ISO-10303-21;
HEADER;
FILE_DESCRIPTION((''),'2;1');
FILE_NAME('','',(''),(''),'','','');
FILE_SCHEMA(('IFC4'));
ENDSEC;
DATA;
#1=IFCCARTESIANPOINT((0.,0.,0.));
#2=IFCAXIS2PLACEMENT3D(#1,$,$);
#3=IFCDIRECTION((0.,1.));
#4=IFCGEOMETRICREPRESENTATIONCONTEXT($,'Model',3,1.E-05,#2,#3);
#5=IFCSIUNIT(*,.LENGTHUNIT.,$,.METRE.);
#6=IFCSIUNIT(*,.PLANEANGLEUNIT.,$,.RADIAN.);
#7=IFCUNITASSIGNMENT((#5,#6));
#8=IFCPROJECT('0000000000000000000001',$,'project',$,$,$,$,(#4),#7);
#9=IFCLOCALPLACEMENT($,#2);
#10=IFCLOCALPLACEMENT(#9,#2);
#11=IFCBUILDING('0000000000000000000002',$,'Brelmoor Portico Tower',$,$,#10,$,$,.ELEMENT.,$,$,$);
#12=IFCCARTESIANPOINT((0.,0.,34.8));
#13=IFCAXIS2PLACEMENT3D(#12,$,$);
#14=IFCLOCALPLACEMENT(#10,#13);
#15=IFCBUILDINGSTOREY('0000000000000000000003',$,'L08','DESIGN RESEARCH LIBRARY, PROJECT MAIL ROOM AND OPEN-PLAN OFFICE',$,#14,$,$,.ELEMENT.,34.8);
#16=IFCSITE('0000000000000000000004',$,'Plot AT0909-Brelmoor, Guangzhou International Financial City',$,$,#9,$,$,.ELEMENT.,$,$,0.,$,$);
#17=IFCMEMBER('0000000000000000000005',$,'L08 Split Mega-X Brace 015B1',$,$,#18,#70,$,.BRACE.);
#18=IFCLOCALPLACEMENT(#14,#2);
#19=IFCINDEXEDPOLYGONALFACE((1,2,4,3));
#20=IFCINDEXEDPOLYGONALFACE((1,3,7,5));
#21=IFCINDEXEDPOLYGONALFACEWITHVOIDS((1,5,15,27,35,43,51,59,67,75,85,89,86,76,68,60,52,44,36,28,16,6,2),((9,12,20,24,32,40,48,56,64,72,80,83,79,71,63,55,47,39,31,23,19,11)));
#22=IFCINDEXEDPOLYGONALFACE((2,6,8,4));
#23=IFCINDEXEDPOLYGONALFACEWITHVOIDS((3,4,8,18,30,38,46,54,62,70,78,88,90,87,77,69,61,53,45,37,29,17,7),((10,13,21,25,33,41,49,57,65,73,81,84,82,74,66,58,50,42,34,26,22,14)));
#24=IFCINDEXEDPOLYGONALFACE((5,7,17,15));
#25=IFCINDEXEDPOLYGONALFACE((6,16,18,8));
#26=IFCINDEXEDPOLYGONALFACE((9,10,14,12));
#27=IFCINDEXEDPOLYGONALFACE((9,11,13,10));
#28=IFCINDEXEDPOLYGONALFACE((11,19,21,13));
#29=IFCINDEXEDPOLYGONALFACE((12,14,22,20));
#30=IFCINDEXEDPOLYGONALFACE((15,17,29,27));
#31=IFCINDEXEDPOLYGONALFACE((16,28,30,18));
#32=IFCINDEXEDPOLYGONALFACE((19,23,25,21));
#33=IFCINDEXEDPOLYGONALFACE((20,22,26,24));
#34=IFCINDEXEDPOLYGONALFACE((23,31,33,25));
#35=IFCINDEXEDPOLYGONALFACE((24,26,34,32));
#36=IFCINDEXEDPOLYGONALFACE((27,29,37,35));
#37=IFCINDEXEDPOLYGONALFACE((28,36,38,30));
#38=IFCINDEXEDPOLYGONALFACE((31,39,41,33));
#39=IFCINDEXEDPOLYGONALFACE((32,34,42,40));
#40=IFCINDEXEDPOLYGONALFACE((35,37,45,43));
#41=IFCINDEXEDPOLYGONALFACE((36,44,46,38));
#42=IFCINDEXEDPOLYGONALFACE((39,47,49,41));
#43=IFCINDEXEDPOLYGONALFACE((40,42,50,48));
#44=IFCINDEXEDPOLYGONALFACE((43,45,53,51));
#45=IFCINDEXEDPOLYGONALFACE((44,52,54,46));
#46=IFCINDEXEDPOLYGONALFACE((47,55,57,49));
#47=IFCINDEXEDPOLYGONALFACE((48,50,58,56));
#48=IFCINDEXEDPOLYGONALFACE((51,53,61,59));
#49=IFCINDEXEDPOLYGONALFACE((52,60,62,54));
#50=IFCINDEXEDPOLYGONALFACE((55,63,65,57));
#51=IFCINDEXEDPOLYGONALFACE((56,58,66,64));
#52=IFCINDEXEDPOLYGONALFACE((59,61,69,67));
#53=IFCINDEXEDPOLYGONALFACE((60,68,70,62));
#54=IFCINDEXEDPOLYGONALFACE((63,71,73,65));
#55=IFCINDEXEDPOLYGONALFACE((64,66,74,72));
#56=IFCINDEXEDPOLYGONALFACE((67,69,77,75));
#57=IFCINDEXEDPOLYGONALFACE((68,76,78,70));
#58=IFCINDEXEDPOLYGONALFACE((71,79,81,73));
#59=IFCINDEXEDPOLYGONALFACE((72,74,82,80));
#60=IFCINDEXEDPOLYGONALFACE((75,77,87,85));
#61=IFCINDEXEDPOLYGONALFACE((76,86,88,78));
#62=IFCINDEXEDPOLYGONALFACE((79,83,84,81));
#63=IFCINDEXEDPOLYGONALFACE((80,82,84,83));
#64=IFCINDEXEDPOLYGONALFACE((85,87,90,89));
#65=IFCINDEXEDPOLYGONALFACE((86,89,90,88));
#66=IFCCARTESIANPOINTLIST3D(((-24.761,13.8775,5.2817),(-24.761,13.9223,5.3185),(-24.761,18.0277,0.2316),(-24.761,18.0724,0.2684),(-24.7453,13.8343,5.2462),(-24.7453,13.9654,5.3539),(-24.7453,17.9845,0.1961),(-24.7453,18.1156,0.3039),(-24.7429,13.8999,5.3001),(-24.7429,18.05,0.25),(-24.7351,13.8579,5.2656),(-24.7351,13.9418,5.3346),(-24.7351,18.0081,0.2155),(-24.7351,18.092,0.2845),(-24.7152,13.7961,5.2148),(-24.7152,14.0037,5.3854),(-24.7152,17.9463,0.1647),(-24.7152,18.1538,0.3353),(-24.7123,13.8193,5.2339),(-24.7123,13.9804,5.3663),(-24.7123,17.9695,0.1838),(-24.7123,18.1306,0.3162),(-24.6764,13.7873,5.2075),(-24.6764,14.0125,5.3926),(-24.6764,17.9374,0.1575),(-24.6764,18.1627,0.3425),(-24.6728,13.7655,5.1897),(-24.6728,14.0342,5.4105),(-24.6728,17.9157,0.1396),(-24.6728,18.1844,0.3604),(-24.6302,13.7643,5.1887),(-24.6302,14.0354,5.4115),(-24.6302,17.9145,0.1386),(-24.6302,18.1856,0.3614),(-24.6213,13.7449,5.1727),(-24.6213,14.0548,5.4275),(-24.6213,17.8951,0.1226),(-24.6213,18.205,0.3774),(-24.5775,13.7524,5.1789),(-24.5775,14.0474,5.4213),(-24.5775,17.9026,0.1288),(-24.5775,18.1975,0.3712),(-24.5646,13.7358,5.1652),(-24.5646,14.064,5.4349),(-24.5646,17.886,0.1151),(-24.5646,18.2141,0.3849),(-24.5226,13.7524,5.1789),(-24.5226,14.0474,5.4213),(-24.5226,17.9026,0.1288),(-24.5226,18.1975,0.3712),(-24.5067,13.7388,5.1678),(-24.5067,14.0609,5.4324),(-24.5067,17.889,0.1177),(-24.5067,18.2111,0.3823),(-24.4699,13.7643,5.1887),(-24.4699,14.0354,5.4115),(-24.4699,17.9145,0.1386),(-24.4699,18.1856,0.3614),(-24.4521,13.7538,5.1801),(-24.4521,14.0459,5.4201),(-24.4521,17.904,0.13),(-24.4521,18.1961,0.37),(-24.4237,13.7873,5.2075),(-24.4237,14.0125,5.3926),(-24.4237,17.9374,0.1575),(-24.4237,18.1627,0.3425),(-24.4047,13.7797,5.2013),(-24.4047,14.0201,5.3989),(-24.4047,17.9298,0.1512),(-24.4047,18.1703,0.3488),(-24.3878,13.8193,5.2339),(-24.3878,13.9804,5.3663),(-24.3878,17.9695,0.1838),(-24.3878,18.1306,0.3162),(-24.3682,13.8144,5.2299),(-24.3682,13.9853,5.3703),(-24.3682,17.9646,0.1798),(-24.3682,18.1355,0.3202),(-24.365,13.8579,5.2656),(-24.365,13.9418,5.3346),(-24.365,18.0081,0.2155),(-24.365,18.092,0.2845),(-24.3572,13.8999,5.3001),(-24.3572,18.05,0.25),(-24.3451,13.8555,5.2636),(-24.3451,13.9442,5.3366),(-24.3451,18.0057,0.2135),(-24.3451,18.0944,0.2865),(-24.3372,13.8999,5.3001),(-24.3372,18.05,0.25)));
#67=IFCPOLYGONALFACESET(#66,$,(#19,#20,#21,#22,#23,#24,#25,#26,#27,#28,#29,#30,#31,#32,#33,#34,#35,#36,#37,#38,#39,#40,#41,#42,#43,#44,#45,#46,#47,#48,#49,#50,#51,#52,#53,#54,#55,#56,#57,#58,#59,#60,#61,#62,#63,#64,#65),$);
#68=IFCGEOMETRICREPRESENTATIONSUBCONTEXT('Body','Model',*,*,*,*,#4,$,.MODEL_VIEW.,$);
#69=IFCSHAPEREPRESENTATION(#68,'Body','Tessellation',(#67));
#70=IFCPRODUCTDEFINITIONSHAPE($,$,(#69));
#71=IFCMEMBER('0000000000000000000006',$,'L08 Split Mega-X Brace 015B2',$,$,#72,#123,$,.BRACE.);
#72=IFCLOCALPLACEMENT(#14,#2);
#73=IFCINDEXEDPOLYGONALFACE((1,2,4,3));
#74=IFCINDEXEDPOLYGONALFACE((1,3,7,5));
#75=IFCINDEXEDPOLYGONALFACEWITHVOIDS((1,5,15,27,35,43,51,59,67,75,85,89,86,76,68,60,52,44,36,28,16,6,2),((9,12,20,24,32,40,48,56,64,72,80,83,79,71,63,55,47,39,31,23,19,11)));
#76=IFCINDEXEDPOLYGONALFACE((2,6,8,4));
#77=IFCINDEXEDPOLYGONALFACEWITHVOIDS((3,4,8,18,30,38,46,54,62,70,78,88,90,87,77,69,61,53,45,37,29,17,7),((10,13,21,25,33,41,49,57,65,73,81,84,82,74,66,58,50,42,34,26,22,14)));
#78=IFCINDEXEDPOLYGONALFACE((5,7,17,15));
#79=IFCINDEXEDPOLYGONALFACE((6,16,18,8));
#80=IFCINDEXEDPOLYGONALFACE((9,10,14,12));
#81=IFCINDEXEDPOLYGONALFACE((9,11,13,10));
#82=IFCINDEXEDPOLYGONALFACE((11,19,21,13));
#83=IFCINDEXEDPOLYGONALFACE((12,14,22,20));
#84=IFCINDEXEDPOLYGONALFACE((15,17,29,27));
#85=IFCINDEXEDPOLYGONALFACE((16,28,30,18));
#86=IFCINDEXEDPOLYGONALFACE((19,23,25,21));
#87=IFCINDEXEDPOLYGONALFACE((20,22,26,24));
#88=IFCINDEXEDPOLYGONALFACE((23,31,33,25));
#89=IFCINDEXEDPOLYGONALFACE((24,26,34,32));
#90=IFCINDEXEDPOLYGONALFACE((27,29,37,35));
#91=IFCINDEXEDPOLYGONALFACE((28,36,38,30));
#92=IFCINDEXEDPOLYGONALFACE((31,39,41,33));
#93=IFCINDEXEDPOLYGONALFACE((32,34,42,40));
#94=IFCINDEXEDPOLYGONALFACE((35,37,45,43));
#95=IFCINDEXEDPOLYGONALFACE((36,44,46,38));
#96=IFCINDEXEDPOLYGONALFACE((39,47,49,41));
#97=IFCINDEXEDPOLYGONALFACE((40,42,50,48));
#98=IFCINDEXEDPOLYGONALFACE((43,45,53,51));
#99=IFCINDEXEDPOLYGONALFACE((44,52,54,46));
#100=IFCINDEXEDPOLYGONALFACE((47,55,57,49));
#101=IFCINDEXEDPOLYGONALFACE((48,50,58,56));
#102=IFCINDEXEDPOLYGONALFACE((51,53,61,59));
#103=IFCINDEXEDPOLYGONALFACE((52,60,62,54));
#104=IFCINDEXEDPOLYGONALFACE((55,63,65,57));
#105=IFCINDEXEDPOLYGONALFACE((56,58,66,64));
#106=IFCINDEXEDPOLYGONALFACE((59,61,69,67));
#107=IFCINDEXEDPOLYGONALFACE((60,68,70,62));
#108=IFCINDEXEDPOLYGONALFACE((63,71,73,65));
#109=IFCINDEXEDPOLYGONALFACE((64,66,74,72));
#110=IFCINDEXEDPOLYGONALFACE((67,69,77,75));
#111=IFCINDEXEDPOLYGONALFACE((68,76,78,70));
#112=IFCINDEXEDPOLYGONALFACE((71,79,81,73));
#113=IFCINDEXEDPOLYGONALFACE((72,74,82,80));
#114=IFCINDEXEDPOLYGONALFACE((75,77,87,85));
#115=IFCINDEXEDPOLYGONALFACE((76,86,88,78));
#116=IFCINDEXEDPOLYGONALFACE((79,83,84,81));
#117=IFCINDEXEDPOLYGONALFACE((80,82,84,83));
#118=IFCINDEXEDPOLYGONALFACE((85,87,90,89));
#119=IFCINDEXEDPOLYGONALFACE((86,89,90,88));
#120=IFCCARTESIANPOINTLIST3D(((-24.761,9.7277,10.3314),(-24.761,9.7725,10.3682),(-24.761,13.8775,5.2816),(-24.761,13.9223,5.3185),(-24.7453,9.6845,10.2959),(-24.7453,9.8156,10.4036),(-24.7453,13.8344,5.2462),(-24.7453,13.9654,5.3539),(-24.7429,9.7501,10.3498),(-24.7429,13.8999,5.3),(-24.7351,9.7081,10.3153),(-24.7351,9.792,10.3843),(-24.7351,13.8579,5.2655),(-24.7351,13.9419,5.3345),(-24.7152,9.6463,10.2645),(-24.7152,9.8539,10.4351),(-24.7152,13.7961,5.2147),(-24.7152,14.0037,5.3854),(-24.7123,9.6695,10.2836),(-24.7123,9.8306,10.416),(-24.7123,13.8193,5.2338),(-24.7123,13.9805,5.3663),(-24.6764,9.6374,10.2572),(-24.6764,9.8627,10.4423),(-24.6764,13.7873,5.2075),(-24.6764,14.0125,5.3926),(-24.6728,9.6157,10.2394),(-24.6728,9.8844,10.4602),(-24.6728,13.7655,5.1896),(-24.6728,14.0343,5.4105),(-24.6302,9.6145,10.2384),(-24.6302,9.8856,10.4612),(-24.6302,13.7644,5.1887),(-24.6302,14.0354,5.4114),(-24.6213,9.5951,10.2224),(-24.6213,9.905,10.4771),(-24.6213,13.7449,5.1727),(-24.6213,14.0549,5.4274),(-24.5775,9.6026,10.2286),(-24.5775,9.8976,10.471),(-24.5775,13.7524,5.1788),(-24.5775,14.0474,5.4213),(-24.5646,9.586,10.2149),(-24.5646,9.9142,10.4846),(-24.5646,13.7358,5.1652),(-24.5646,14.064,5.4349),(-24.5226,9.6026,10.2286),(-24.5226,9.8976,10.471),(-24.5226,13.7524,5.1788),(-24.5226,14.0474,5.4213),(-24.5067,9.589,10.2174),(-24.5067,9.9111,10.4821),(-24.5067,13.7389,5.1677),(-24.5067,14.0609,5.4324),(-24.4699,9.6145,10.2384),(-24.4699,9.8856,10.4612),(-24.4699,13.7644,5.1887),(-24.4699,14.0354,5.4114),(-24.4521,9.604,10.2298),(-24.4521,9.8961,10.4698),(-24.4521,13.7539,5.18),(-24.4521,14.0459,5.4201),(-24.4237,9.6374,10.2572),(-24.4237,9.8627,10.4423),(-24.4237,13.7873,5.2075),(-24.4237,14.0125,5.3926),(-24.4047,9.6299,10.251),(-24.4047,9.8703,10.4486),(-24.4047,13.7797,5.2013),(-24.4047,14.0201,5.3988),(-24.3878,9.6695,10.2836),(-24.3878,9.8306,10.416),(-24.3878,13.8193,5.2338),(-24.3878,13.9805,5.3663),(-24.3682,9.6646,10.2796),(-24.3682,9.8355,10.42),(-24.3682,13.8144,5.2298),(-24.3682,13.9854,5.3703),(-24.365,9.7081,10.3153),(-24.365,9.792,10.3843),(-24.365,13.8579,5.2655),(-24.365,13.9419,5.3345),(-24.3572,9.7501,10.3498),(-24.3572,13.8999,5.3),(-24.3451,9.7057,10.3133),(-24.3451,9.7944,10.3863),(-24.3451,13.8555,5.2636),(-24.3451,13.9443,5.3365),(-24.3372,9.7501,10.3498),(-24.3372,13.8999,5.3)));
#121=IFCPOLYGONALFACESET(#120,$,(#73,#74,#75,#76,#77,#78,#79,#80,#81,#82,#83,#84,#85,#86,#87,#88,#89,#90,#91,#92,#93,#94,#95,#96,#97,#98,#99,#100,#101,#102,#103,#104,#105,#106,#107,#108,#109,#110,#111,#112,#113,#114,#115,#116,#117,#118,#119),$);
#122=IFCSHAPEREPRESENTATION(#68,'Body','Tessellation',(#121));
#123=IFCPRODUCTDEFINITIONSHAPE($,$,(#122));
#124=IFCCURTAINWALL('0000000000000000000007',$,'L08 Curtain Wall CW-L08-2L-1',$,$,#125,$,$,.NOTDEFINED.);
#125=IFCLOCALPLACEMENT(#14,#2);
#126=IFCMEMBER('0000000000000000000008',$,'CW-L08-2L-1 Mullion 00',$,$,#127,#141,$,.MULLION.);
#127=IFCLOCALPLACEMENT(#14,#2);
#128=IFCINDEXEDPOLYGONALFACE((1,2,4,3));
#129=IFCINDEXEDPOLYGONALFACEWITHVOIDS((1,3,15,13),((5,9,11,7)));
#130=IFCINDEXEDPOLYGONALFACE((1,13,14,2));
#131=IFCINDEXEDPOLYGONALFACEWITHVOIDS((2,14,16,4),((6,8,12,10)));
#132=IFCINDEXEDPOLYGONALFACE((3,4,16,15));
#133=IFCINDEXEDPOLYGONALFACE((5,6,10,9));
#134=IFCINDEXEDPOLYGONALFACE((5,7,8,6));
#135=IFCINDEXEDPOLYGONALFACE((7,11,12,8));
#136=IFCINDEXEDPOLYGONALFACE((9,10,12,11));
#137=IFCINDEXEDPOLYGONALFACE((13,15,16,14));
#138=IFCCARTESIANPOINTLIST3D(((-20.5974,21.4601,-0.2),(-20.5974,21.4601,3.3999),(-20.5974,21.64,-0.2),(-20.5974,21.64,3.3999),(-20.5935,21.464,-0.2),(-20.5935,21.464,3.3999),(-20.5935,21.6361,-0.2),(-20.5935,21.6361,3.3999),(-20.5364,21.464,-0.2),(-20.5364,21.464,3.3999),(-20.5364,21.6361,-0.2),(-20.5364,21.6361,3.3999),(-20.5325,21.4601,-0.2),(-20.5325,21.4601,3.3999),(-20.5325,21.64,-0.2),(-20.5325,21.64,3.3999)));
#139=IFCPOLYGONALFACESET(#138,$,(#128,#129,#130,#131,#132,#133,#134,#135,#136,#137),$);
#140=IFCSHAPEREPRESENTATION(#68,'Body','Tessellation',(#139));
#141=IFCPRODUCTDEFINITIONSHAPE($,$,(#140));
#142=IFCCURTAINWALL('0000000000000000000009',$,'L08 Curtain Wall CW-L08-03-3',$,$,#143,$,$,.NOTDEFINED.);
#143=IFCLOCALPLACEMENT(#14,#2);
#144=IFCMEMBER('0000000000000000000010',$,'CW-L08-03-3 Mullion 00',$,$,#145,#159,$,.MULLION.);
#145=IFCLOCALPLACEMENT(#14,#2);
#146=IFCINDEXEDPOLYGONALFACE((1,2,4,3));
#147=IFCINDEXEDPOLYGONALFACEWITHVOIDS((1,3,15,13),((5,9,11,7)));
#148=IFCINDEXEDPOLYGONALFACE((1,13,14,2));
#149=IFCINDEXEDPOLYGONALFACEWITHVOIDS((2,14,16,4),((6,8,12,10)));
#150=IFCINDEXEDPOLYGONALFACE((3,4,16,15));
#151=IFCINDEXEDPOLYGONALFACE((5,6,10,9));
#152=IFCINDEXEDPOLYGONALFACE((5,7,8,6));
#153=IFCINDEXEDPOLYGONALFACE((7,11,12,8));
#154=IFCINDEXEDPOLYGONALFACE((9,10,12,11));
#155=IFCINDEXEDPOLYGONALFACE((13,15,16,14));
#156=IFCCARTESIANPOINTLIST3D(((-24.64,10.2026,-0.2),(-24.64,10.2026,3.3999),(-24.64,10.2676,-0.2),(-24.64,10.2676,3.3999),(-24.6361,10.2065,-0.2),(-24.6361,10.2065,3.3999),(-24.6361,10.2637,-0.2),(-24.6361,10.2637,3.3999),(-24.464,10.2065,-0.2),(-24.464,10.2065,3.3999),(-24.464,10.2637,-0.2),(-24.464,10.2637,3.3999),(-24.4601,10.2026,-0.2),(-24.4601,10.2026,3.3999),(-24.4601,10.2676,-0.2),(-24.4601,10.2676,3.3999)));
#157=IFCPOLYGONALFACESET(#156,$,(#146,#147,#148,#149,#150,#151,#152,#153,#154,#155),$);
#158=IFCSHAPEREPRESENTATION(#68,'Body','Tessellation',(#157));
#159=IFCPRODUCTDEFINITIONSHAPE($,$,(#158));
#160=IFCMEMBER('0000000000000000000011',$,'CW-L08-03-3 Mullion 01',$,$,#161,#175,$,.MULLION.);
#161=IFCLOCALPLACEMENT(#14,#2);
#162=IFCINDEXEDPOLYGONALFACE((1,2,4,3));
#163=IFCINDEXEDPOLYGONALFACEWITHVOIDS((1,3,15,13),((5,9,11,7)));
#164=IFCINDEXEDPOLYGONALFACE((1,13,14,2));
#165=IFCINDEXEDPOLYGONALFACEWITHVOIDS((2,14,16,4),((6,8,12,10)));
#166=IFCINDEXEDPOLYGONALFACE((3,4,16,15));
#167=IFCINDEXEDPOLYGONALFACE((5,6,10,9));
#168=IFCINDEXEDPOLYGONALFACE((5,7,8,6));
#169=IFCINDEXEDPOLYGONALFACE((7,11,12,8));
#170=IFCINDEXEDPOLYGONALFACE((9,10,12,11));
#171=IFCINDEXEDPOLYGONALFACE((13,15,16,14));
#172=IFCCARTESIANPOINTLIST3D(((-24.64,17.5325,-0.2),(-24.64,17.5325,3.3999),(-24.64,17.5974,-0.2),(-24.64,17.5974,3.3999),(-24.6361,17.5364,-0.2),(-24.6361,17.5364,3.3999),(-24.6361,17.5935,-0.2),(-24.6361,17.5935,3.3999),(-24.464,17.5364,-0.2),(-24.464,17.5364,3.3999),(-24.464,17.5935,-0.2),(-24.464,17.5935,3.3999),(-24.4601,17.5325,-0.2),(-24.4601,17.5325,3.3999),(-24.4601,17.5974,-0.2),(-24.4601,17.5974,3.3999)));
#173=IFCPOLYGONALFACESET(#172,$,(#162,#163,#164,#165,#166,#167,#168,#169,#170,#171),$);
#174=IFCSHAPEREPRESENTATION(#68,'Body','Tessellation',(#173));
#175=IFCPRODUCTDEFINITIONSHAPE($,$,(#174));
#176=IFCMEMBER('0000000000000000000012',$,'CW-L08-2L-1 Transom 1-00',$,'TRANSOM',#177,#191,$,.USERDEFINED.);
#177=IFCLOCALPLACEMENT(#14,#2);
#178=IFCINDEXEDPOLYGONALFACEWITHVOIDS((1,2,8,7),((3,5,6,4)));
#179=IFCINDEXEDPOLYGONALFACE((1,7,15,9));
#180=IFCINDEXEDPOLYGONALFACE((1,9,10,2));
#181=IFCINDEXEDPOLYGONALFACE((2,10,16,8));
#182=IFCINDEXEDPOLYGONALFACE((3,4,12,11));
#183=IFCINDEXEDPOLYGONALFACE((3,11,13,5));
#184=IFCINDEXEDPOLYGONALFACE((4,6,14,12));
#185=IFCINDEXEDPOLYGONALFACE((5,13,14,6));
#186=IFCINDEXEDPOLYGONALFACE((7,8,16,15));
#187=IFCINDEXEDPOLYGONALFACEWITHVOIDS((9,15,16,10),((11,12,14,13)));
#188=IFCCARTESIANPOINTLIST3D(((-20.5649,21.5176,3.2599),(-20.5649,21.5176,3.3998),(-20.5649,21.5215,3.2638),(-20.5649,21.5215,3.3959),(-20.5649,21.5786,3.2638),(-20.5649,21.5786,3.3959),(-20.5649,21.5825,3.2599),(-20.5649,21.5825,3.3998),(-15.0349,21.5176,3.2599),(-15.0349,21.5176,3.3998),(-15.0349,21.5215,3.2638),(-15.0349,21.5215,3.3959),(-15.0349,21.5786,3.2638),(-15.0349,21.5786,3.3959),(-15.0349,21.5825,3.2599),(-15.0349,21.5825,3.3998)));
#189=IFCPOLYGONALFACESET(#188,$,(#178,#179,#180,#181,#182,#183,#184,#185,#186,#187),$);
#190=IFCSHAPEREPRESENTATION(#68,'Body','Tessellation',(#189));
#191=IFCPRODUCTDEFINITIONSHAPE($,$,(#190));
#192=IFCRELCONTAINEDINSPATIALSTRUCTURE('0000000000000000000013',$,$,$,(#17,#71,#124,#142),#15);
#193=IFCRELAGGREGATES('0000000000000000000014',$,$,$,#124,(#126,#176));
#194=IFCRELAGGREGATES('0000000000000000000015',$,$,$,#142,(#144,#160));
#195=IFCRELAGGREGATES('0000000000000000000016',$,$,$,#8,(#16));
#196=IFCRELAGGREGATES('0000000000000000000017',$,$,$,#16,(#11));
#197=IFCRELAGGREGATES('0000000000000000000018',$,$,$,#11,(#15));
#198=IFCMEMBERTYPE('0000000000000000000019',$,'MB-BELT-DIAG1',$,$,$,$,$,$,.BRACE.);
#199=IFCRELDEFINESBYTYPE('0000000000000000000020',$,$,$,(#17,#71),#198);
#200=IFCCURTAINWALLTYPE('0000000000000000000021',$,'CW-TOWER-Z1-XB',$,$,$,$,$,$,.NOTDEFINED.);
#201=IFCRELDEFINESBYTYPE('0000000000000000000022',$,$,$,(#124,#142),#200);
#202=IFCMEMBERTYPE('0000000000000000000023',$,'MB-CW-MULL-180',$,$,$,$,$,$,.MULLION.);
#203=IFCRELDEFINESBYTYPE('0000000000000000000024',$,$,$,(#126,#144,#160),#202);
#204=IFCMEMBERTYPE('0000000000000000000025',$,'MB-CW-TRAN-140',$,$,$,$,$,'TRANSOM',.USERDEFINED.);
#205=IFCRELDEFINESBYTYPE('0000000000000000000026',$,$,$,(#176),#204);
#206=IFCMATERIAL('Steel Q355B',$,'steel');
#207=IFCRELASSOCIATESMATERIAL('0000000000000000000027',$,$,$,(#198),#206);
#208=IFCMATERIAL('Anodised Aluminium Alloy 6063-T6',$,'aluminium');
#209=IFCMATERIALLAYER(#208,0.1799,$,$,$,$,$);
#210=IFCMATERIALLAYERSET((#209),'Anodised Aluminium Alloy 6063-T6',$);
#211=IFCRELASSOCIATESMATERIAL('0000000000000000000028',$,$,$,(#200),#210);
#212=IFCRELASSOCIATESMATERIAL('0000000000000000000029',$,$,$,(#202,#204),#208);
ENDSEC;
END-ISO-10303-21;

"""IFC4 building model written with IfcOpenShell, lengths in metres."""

from ifc_helpers import new_model, si_unit, direction, frame, origin, origin_2d, place, context, subcontext, project, spatial, hollow_rectangle, hollow_circle, extrude, material, layer, layer_set, material_profile, profile_set, type_object, element, aggregate, save


model = new_model("IFC4")

# Units and contexts
model_context = context("Model", 3, precision=1e-05, world=origin(), true_north=direction((0.0, 1.0)))
body_context = subcontext(model_context, "Body", "Model", "MODEL_VIEW")
ifc_project = project(units=[si_unit("LENGTHUNIT", "METRE"), si_unit("PLANEANGLEUNIT", "RADIAN")], contexts=[model_context])

# Site, building, storey
site_placement = place(None, origin())
site = spatial("IfcSite", under=ifc_project, at=site_placement, Name="Plot AT0909-Brelmoor, Guangzhou International Financial City", CompositionType="ELEMENT", RefElevation=0.0)
building_placement = place(site_placement, origin())
building = spatial("IfcBuilding", under=site, at=building_placement, Name="Brelmoor Portico Tower", CompositionType="ELEMENT")
storey_placement = place(building_placement, frame((0.0, 0.0, 34.8)))
storey = spatial("IfcBuildingStorey", under=building, at=storey_placement, Name="L08", Description="DESIGN RESEARCH LIBRARY, PROJECT MAIL ROOM AND OPEN-PLAN OFFICE", CompositionType="ELEMENT", Elevation=34.8)

# Shared definitions
ifc_material_1 = material(Name="Steel Q355B", Category="steel")

# Members
ifc_material_profile_1 = material_profile(ifc_material_1, hollow_circle(Radius=0.2129, WallThickness=0.02, at=origin_2d()), Name="CHS 426x20")
ifc_profile_set_1 = profile_set([ifc_material_profile_1], Name="Steel Q355B")
member_type_1 = type_object("IfcMemberType", Name="MB-BELT-DIAG1", PredefinedType="BRACE", material=ifc_profile_set_1)
member_1_placement = place(storey_placement, frame((-24.55, 18.05, 0.25), z_axis=(0.0, -0.634912, 0.772584), x_axis=(1.0, 0.0, 0.0)))
element("IfcMember", 1, at=member_1_placement, inside=storey, type_object=member_type_1, Name="L08 Split Mega-X Brace 015B1", PredefinedType="BRACE", context=body_context, shape_type="SweptSolid", body=[
    extrude(hollow_circle(Radius=0.2129, WallThickness=0.02, at=origin_2d()), origin(), (0.0, 0.0, 1.0), 6.5366),
])
member_2_placement = place(storey_placement, frame((-24.55, 13.8999, 5.3), z_axis=(0.0, -0.634908, 0.772588), x_axis=(1.0, 0.0, 0.0)))
element("IfcMember", 2, at=member_2_placement, inside=storey, type_object=member_type_1, Name="L08 Split Mega-X Brace 015B2", PredefinedType="BRACE", context=body_context, shape_type="SweptSolid", body=[
    extrude(hollow_circle(Radius=0.2129, WallThickness=0.02, at=origin_2d()), origin(), (0.0, 0.0, 1.0), 6.5361),
])

# Curtain wall, member
ifc_material_2 = material(Name="Anodised Aluminium Alloy 6063-T6", Category="aluminium")
ifc_layer_1 = layer(ifc_material_2, 0.1799)
ifc_layer_set_1 = layer_set([ifc_layer_1], Name="Anodised Aluminium Alloy 6063-T6")
curtain_wall_type = type_object("IfcCurtainWallType", Name="CW-TOWER-Z1-XB", PredefinedType="NOTDEFINED", material=ifc_layer_set_1)
curtain_wall_1_placement = place(storey_placement, origin())
curtain_wall_1 = element("IfcCurtainWall", 3, at=curtain_wall_1_placement, inside=storey, type_object=curtain_wall_type, Name="L08 Curtain Wall CW-L08-2L-1", PredefinedType="NOTDEFINED")
ifc_material_profile_2 = material_profile(ifc_material_2, hollow_rectangle(XDim=0.0649, YDim=0.1799, WallThickness=0.0039, at=origin_2d()), Name="ALU MULLION 65x180")
ifc_profile_set_2 = profile_set([ifc_material_profile_2], Name="Anodised Aluminium Alloy 6063-T6")
member_type_2 = type_object("IfcMemberType", Name="MB-CW-MULL-180", PredefinedType="MULLION", material=ifc_profile_set_2)
member_3_placement = place(storey_placement, frame((-20.5649, 21.55, -0.2), z_axis=(0.0, 0.0, 1.0), x_axis=(1.0, 0.0, 0.0)))
member_3 = element("IfcMember", 4, at=member_3_placement, type_object=member_type_2, Name="CW-L08-2L-1 Mullion 00", PredefinedType="MULLION", context=body_context, shape_type="SweptSolid", body=[
    extrude(hollow_rectangle(XDim=0.0649, YDim=0.1799, WallThickness=0.0039, at=origin_2d()), origin(), (0.0, 0.0, 1.0), 3.5999),
])

# Curtain wall, members
curtain_wall_2_placement = place(storey_placement, origin())
curtain_wall_2 = element("IfcCurtainWall", 5, at=curtain_wall_2_placement, inside=storey, type_object=curtain_wall_type, Name="L08 Curtain Wall CW-L08-03-3", PredefinedType="NOTDEFINED")
member_4_placement = place(storey_placement, frame((-24.55, 10.2351, -0.2), z_axis=(0.0, 0.0, 1.0), x_axis=(0.0, 1.0, 0.0)))
member_4 = element("IfcMember", 6, at=member_4_placement, type_object=member_type_2, Name="CW-L08-03-3 Mullion 00", PredefinedType="MULLION", context=body_context, shape_type="SweptSolid", body=[
    extrude(hollow_rectangle(XDim=0.0649, YDim=0.1799, WallThickness=0.0039, at=origin_2d()), origin(), (0.0, 0.0, 1.0), 3.5999),
])
member_5_placement = place(storey_placement, frame((-24.55, 17.5649, -0.2), z_axis=(0.0, 0.0, 1.0), x_axis=(0.0, 1.0, 0.0)))
member_5 = element("IfcMember", 7, at=member_5_placement, type_object=member_type_2, Name="CW-L08-03-3 Mullion 01", PredefinedType="MULLION", context=body_context, shape_type="SweptSolid", body=[
    extrude(hollow_rectangle(XDim=0.0649, YDim=0.1799, WallThickness=0.0039, at=origin_2d()), origin(), (0.0, 0.0, 1.0), 3.5999),
])

# Member
ifc_material_profile_3 = material_profile(ifc_material_2, hollow_rectangle(XDim=0.0649, YDim=0.1399, WallThickness=0.0039, at=origin_2d()), Name="ALU TRANSOM 65x140")
ifc_profile_set_3 = profile_set([ifc_material_profile_3], Name="Anodised Aluminium Alloy 6063-T6")
member_type_3 = type_object("IfcMemberType", Name="MB-CW-TRAN-140", ElementType="TRANSOM", PredefinedType="USERDEFINED", material=ifc_profile_set_3)
member_6_placement = place(storey_placement, frame((-20.5649, 21.55, 3.3298), z_axis=(1.0, 0.0, 0.0), x_axis=(0.0, 1.0, 0.0)))
member_6 = element("IfcMember", 8, at=member_6_placement, type_object=member_type_3, Name="CW-L08-2L-1 Transom 1-00", ObjectType="TRANSOM", PredefinedType="USERDEFINED", context=body_context, shape_type="SweptSolid", body=[
    extrude(hollow_rectangle(XDim=0.0649, YDim=0.1399, WallThickness=0.0039, at=origin_2d()), origin(), (0.0, 0.0, 1.0), 5.53),
])
aggregate(curtain_wall_1, [member_3, member_6])

aggregate(curtain_wall_2, [member_4, member_5])

save(model, "model.ifc")
